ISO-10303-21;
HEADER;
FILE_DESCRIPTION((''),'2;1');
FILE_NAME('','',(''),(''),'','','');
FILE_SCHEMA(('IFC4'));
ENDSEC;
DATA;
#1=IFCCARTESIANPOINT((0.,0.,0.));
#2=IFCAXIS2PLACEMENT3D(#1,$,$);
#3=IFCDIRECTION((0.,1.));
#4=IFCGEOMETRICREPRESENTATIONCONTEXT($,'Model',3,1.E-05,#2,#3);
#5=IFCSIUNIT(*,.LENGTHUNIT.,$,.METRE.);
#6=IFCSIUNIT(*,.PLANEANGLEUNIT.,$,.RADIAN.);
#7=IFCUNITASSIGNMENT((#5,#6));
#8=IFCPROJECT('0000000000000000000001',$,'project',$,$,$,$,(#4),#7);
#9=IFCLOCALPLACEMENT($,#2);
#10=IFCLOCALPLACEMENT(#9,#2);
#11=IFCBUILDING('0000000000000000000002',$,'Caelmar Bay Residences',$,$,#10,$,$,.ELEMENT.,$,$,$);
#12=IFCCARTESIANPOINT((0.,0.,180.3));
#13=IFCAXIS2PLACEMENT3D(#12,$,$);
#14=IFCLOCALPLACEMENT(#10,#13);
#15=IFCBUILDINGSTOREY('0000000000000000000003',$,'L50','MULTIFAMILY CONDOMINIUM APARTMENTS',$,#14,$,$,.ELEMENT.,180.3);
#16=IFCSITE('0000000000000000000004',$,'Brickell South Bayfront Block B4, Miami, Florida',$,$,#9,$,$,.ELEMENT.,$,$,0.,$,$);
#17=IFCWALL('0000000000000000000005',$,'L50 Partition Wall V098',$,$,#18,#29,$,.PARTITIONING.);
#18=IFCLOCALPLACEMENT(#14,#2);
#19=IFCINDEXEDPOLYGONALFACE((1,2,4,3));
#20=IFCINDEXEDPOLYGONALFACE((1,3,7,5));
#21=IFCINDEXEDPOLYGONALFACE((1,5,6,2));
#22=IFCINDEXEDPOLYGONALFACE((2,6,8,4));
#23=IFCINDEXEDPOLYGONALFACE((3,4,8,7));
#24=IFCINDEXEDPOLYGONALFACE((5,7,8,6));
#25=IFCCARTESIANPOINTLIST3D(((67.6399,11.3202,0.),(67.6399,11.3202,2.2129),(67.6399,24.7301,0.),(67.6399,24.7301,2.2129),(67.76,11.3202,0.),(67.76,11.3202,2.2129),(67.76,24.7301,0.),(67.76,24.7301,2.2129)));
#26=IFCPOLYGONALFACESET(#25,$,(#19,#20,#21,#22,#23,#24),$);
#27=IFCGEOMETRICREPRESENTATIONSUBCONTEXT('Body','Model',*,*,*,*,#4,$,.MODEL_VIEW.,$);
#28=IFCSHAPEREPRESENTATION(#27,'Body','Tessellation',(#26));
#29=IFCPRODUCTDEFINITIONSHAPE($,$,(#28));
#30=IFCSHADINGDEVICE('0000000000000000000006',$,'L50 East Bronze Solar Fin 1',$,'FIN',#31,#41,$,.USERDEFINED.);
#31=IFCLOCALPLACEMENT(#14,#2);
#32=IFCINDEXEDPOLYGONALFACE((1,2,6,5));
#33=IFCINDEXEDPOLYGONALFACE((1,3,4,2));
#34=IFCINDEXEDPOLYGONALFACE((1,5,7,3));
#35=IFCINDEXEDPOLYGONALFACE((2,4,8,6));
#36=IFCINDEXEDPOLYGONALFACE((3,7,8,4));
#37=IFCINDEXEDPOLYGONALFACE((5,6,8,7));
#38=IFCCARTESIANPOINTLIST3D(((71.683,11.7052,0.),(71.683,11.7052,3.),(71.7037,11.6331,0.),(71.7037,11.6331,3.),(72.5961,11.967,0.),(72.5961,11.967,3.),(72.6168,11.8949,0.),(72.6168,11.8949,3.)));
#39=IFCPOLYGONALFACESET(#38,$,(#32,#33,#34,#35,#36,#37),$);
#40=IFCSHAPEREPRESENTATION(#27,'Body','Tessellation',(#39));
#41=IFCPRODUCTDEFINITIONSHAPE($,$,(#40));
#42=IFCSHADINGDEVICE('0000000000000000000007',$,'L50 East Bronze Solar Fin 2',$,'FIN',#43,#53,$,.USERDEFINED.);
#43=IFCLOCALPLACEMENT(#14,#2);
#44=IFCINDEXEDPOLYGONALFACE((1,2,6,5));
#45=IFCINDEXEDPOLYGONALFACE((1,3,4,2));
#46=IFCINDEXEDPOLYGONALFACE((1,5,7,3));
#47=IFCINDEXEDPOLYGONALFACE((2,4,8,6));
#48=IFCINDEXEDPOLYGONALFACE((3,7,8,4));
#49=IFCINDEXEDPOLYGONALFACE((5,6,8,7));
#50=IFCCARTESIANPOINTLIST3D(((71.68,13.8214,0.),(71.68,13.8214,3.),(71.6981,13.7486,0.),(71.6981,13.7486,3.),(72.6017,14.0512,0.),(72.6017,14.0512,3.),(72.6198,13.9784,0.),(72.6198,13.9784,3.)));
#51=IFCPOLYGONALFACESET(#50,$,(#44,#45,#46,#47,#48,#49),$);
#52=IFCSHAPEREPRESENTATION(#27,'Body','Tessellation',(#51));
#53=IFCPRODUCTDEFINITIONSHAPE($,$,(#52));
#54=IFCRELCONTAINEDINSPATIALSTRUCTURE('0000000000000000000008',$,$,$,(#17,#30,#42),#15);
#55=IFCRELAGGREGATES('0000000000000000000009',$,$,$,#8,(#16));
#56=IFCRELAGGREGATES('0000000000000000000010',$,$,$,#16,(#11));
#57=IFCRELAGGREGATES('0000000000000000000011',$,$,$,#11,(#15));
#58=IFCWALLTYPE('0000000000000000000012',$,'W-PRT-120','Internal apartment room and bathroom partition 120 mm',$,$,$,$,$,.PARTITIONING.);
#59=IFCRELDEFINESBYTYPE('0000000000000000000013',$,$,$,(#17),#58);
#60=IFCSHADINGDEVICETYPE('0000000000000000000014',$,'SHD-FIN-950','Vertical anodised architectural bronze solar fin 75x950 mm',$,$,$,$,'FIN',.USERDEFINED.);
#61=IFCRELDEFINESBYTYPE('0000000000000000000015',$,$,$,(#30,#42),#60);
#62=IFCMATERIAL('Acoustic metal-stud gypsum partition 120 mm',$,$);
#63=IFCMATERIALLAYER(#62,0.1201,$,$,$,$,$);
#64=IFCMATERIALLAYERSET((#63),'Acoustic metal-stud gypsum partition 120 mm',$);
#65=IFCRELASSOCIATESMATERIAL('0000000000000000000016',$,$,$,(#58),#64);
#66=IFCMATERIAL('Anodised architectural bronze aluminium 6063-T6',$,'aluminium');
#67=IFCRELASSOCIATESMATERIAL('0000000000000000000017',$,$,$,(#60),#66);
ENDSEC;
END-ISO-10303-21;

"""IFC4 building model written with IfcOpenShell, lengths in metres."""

from ifc_helpers import new_model, si_unit, direction, frame, frame_2d, origin, origin_2d, place, context, subcontext, project, spatial, rectangle, extrude, material, layer, layer_set, material_profile, profile_set, type_object, element, save


model = new_model("IFC4")

# Units and contexts
model_context = context("Model", 3, precision=1e-05, world=origin(), true_north=direction((0.0, 1.0)))
body_context = subcontext(model_context, "Body", "Model", "MODEL_VIEW")
ifc_project = project(units=[si_unit("LENGTHUNIT", "METRE"), si_unit("PLANEANGLEUNIT", "RADIAN")], contexts=[model_context])

# Site, building, storey
site_placement = place(None, origin())
site = spatial("IfcSite", under=ifc_project, at=site_placement, Name="Brickell South Bayfront Block B4, Miami, Florida", CompositionType="ELEMENT", RefElevation=0.0)
building_placement = place(site_placement, origin())
building = spatial("IfcBuilding", under=site, at=building_placement, Name="Caelmar Bay Residences", CompositionType="ELEMENT")
storey_placement = place(building_placement, frame((0.0, 0.0, 180.3)))
storey = spatial("IfcBuildingStorey", under=building, at=storey_placement, Name="L50", Description="MULTIFAMILY CONDOMINIUM APARTMENTS", CompositionType="ELEMENT", Elevation=180.3)

# Wall
ifc_material_1 = material(Name="Acoustic metal-stud gypsum partition 120 mm")
ifc_layer_1 = layer(ifc_material_1, 0.1201)
ifc_layer_set_1 = layer_set([ifc_layer_1], Name="Acoustic metal-stud gypsum partition 120 mm")
wall_type_1 = type_object("IfcWallType", Name="W-PRT-120", Description="Internal apartment room and bathroom partition 120 mm", PredefinedType="PARTITIONING", material=ifc_layer_set_1)
wall_1_placement = place(storey_placement, frame((67.7, 11.3201, 0.0), z_axis=(0.0, 0.0, 1.0), x_axis=(0.0, 1.0, 0.0)))
element("IfcWall", 1, at=wall_1_placement, inside=storey, type_object=wall_type_1, Name="L50 Partition Wall V098", PredefinedType="PARTITIONING", context=body_context, shape_type="SweptSolid", body=[
    extrude(rectangle(XDim=13.4099, YDim=0.1201, at=frame_2d((6.7051, 0.0))), origin(), (0.0, 0.0, 1.0), 2.2129),
])

# Shading devices
ifc_material_2 = material(Name="Anodised architectural bronze aluminium 6063-T6", Category="aluminium")
ifc_material_profile_1 = material_profile(ifc_material_2, rectangle(XDim=0.075, YDim=0.95, at=origin_2d()), Name="BRONZE-FIN-75X950")
ifc_profile_set_1 = profile_set([ifc_material_profile_1], Name="Anodised architectural bronze aluminium 6063-T6")
shading_device_type = type_object("IfcShadingDeviceType", Name="SHD-FIN-950", Description="Vertical anodised architectural bronze solar fin 75x950 mm", ElementType="FIN", PredefinedType="USERDEFINED", material=ifc_profile_set_1)
for number, where, z_axis, x_axis, name in (
    (2, (72.1499, 11.8, 0.0), (0.0, 0.0, 1.0), (-0.275637, 0.961262, 0.0), "L50 East Bronze Solar Fin 1"),
    (3, (72.1499, 13.8999, 0.0), (0.0, 0.0, 1.0), (-0.241922, 0.970296, 0.0), "L50 East Bronze Solar Fin 2"),
):
    element("IfcShadingDevice", number, at=place(storey_placement, frame(where, z_axis=z_axis, x_axis=x_axis)), inside=storey, type_object=shading_device_type, Name=name, ObjectType="FIN", PredefinedType="USERDEFINED", context=body_context, shape_type="SweptSolid", body=[
        extrude(rectangle(XDim=0.075, YDim=0.95, at=origin_2d()), origin(), (0.0, 0.0, 1.0), 3.0),
    ])

save(model, "model.ifc")
